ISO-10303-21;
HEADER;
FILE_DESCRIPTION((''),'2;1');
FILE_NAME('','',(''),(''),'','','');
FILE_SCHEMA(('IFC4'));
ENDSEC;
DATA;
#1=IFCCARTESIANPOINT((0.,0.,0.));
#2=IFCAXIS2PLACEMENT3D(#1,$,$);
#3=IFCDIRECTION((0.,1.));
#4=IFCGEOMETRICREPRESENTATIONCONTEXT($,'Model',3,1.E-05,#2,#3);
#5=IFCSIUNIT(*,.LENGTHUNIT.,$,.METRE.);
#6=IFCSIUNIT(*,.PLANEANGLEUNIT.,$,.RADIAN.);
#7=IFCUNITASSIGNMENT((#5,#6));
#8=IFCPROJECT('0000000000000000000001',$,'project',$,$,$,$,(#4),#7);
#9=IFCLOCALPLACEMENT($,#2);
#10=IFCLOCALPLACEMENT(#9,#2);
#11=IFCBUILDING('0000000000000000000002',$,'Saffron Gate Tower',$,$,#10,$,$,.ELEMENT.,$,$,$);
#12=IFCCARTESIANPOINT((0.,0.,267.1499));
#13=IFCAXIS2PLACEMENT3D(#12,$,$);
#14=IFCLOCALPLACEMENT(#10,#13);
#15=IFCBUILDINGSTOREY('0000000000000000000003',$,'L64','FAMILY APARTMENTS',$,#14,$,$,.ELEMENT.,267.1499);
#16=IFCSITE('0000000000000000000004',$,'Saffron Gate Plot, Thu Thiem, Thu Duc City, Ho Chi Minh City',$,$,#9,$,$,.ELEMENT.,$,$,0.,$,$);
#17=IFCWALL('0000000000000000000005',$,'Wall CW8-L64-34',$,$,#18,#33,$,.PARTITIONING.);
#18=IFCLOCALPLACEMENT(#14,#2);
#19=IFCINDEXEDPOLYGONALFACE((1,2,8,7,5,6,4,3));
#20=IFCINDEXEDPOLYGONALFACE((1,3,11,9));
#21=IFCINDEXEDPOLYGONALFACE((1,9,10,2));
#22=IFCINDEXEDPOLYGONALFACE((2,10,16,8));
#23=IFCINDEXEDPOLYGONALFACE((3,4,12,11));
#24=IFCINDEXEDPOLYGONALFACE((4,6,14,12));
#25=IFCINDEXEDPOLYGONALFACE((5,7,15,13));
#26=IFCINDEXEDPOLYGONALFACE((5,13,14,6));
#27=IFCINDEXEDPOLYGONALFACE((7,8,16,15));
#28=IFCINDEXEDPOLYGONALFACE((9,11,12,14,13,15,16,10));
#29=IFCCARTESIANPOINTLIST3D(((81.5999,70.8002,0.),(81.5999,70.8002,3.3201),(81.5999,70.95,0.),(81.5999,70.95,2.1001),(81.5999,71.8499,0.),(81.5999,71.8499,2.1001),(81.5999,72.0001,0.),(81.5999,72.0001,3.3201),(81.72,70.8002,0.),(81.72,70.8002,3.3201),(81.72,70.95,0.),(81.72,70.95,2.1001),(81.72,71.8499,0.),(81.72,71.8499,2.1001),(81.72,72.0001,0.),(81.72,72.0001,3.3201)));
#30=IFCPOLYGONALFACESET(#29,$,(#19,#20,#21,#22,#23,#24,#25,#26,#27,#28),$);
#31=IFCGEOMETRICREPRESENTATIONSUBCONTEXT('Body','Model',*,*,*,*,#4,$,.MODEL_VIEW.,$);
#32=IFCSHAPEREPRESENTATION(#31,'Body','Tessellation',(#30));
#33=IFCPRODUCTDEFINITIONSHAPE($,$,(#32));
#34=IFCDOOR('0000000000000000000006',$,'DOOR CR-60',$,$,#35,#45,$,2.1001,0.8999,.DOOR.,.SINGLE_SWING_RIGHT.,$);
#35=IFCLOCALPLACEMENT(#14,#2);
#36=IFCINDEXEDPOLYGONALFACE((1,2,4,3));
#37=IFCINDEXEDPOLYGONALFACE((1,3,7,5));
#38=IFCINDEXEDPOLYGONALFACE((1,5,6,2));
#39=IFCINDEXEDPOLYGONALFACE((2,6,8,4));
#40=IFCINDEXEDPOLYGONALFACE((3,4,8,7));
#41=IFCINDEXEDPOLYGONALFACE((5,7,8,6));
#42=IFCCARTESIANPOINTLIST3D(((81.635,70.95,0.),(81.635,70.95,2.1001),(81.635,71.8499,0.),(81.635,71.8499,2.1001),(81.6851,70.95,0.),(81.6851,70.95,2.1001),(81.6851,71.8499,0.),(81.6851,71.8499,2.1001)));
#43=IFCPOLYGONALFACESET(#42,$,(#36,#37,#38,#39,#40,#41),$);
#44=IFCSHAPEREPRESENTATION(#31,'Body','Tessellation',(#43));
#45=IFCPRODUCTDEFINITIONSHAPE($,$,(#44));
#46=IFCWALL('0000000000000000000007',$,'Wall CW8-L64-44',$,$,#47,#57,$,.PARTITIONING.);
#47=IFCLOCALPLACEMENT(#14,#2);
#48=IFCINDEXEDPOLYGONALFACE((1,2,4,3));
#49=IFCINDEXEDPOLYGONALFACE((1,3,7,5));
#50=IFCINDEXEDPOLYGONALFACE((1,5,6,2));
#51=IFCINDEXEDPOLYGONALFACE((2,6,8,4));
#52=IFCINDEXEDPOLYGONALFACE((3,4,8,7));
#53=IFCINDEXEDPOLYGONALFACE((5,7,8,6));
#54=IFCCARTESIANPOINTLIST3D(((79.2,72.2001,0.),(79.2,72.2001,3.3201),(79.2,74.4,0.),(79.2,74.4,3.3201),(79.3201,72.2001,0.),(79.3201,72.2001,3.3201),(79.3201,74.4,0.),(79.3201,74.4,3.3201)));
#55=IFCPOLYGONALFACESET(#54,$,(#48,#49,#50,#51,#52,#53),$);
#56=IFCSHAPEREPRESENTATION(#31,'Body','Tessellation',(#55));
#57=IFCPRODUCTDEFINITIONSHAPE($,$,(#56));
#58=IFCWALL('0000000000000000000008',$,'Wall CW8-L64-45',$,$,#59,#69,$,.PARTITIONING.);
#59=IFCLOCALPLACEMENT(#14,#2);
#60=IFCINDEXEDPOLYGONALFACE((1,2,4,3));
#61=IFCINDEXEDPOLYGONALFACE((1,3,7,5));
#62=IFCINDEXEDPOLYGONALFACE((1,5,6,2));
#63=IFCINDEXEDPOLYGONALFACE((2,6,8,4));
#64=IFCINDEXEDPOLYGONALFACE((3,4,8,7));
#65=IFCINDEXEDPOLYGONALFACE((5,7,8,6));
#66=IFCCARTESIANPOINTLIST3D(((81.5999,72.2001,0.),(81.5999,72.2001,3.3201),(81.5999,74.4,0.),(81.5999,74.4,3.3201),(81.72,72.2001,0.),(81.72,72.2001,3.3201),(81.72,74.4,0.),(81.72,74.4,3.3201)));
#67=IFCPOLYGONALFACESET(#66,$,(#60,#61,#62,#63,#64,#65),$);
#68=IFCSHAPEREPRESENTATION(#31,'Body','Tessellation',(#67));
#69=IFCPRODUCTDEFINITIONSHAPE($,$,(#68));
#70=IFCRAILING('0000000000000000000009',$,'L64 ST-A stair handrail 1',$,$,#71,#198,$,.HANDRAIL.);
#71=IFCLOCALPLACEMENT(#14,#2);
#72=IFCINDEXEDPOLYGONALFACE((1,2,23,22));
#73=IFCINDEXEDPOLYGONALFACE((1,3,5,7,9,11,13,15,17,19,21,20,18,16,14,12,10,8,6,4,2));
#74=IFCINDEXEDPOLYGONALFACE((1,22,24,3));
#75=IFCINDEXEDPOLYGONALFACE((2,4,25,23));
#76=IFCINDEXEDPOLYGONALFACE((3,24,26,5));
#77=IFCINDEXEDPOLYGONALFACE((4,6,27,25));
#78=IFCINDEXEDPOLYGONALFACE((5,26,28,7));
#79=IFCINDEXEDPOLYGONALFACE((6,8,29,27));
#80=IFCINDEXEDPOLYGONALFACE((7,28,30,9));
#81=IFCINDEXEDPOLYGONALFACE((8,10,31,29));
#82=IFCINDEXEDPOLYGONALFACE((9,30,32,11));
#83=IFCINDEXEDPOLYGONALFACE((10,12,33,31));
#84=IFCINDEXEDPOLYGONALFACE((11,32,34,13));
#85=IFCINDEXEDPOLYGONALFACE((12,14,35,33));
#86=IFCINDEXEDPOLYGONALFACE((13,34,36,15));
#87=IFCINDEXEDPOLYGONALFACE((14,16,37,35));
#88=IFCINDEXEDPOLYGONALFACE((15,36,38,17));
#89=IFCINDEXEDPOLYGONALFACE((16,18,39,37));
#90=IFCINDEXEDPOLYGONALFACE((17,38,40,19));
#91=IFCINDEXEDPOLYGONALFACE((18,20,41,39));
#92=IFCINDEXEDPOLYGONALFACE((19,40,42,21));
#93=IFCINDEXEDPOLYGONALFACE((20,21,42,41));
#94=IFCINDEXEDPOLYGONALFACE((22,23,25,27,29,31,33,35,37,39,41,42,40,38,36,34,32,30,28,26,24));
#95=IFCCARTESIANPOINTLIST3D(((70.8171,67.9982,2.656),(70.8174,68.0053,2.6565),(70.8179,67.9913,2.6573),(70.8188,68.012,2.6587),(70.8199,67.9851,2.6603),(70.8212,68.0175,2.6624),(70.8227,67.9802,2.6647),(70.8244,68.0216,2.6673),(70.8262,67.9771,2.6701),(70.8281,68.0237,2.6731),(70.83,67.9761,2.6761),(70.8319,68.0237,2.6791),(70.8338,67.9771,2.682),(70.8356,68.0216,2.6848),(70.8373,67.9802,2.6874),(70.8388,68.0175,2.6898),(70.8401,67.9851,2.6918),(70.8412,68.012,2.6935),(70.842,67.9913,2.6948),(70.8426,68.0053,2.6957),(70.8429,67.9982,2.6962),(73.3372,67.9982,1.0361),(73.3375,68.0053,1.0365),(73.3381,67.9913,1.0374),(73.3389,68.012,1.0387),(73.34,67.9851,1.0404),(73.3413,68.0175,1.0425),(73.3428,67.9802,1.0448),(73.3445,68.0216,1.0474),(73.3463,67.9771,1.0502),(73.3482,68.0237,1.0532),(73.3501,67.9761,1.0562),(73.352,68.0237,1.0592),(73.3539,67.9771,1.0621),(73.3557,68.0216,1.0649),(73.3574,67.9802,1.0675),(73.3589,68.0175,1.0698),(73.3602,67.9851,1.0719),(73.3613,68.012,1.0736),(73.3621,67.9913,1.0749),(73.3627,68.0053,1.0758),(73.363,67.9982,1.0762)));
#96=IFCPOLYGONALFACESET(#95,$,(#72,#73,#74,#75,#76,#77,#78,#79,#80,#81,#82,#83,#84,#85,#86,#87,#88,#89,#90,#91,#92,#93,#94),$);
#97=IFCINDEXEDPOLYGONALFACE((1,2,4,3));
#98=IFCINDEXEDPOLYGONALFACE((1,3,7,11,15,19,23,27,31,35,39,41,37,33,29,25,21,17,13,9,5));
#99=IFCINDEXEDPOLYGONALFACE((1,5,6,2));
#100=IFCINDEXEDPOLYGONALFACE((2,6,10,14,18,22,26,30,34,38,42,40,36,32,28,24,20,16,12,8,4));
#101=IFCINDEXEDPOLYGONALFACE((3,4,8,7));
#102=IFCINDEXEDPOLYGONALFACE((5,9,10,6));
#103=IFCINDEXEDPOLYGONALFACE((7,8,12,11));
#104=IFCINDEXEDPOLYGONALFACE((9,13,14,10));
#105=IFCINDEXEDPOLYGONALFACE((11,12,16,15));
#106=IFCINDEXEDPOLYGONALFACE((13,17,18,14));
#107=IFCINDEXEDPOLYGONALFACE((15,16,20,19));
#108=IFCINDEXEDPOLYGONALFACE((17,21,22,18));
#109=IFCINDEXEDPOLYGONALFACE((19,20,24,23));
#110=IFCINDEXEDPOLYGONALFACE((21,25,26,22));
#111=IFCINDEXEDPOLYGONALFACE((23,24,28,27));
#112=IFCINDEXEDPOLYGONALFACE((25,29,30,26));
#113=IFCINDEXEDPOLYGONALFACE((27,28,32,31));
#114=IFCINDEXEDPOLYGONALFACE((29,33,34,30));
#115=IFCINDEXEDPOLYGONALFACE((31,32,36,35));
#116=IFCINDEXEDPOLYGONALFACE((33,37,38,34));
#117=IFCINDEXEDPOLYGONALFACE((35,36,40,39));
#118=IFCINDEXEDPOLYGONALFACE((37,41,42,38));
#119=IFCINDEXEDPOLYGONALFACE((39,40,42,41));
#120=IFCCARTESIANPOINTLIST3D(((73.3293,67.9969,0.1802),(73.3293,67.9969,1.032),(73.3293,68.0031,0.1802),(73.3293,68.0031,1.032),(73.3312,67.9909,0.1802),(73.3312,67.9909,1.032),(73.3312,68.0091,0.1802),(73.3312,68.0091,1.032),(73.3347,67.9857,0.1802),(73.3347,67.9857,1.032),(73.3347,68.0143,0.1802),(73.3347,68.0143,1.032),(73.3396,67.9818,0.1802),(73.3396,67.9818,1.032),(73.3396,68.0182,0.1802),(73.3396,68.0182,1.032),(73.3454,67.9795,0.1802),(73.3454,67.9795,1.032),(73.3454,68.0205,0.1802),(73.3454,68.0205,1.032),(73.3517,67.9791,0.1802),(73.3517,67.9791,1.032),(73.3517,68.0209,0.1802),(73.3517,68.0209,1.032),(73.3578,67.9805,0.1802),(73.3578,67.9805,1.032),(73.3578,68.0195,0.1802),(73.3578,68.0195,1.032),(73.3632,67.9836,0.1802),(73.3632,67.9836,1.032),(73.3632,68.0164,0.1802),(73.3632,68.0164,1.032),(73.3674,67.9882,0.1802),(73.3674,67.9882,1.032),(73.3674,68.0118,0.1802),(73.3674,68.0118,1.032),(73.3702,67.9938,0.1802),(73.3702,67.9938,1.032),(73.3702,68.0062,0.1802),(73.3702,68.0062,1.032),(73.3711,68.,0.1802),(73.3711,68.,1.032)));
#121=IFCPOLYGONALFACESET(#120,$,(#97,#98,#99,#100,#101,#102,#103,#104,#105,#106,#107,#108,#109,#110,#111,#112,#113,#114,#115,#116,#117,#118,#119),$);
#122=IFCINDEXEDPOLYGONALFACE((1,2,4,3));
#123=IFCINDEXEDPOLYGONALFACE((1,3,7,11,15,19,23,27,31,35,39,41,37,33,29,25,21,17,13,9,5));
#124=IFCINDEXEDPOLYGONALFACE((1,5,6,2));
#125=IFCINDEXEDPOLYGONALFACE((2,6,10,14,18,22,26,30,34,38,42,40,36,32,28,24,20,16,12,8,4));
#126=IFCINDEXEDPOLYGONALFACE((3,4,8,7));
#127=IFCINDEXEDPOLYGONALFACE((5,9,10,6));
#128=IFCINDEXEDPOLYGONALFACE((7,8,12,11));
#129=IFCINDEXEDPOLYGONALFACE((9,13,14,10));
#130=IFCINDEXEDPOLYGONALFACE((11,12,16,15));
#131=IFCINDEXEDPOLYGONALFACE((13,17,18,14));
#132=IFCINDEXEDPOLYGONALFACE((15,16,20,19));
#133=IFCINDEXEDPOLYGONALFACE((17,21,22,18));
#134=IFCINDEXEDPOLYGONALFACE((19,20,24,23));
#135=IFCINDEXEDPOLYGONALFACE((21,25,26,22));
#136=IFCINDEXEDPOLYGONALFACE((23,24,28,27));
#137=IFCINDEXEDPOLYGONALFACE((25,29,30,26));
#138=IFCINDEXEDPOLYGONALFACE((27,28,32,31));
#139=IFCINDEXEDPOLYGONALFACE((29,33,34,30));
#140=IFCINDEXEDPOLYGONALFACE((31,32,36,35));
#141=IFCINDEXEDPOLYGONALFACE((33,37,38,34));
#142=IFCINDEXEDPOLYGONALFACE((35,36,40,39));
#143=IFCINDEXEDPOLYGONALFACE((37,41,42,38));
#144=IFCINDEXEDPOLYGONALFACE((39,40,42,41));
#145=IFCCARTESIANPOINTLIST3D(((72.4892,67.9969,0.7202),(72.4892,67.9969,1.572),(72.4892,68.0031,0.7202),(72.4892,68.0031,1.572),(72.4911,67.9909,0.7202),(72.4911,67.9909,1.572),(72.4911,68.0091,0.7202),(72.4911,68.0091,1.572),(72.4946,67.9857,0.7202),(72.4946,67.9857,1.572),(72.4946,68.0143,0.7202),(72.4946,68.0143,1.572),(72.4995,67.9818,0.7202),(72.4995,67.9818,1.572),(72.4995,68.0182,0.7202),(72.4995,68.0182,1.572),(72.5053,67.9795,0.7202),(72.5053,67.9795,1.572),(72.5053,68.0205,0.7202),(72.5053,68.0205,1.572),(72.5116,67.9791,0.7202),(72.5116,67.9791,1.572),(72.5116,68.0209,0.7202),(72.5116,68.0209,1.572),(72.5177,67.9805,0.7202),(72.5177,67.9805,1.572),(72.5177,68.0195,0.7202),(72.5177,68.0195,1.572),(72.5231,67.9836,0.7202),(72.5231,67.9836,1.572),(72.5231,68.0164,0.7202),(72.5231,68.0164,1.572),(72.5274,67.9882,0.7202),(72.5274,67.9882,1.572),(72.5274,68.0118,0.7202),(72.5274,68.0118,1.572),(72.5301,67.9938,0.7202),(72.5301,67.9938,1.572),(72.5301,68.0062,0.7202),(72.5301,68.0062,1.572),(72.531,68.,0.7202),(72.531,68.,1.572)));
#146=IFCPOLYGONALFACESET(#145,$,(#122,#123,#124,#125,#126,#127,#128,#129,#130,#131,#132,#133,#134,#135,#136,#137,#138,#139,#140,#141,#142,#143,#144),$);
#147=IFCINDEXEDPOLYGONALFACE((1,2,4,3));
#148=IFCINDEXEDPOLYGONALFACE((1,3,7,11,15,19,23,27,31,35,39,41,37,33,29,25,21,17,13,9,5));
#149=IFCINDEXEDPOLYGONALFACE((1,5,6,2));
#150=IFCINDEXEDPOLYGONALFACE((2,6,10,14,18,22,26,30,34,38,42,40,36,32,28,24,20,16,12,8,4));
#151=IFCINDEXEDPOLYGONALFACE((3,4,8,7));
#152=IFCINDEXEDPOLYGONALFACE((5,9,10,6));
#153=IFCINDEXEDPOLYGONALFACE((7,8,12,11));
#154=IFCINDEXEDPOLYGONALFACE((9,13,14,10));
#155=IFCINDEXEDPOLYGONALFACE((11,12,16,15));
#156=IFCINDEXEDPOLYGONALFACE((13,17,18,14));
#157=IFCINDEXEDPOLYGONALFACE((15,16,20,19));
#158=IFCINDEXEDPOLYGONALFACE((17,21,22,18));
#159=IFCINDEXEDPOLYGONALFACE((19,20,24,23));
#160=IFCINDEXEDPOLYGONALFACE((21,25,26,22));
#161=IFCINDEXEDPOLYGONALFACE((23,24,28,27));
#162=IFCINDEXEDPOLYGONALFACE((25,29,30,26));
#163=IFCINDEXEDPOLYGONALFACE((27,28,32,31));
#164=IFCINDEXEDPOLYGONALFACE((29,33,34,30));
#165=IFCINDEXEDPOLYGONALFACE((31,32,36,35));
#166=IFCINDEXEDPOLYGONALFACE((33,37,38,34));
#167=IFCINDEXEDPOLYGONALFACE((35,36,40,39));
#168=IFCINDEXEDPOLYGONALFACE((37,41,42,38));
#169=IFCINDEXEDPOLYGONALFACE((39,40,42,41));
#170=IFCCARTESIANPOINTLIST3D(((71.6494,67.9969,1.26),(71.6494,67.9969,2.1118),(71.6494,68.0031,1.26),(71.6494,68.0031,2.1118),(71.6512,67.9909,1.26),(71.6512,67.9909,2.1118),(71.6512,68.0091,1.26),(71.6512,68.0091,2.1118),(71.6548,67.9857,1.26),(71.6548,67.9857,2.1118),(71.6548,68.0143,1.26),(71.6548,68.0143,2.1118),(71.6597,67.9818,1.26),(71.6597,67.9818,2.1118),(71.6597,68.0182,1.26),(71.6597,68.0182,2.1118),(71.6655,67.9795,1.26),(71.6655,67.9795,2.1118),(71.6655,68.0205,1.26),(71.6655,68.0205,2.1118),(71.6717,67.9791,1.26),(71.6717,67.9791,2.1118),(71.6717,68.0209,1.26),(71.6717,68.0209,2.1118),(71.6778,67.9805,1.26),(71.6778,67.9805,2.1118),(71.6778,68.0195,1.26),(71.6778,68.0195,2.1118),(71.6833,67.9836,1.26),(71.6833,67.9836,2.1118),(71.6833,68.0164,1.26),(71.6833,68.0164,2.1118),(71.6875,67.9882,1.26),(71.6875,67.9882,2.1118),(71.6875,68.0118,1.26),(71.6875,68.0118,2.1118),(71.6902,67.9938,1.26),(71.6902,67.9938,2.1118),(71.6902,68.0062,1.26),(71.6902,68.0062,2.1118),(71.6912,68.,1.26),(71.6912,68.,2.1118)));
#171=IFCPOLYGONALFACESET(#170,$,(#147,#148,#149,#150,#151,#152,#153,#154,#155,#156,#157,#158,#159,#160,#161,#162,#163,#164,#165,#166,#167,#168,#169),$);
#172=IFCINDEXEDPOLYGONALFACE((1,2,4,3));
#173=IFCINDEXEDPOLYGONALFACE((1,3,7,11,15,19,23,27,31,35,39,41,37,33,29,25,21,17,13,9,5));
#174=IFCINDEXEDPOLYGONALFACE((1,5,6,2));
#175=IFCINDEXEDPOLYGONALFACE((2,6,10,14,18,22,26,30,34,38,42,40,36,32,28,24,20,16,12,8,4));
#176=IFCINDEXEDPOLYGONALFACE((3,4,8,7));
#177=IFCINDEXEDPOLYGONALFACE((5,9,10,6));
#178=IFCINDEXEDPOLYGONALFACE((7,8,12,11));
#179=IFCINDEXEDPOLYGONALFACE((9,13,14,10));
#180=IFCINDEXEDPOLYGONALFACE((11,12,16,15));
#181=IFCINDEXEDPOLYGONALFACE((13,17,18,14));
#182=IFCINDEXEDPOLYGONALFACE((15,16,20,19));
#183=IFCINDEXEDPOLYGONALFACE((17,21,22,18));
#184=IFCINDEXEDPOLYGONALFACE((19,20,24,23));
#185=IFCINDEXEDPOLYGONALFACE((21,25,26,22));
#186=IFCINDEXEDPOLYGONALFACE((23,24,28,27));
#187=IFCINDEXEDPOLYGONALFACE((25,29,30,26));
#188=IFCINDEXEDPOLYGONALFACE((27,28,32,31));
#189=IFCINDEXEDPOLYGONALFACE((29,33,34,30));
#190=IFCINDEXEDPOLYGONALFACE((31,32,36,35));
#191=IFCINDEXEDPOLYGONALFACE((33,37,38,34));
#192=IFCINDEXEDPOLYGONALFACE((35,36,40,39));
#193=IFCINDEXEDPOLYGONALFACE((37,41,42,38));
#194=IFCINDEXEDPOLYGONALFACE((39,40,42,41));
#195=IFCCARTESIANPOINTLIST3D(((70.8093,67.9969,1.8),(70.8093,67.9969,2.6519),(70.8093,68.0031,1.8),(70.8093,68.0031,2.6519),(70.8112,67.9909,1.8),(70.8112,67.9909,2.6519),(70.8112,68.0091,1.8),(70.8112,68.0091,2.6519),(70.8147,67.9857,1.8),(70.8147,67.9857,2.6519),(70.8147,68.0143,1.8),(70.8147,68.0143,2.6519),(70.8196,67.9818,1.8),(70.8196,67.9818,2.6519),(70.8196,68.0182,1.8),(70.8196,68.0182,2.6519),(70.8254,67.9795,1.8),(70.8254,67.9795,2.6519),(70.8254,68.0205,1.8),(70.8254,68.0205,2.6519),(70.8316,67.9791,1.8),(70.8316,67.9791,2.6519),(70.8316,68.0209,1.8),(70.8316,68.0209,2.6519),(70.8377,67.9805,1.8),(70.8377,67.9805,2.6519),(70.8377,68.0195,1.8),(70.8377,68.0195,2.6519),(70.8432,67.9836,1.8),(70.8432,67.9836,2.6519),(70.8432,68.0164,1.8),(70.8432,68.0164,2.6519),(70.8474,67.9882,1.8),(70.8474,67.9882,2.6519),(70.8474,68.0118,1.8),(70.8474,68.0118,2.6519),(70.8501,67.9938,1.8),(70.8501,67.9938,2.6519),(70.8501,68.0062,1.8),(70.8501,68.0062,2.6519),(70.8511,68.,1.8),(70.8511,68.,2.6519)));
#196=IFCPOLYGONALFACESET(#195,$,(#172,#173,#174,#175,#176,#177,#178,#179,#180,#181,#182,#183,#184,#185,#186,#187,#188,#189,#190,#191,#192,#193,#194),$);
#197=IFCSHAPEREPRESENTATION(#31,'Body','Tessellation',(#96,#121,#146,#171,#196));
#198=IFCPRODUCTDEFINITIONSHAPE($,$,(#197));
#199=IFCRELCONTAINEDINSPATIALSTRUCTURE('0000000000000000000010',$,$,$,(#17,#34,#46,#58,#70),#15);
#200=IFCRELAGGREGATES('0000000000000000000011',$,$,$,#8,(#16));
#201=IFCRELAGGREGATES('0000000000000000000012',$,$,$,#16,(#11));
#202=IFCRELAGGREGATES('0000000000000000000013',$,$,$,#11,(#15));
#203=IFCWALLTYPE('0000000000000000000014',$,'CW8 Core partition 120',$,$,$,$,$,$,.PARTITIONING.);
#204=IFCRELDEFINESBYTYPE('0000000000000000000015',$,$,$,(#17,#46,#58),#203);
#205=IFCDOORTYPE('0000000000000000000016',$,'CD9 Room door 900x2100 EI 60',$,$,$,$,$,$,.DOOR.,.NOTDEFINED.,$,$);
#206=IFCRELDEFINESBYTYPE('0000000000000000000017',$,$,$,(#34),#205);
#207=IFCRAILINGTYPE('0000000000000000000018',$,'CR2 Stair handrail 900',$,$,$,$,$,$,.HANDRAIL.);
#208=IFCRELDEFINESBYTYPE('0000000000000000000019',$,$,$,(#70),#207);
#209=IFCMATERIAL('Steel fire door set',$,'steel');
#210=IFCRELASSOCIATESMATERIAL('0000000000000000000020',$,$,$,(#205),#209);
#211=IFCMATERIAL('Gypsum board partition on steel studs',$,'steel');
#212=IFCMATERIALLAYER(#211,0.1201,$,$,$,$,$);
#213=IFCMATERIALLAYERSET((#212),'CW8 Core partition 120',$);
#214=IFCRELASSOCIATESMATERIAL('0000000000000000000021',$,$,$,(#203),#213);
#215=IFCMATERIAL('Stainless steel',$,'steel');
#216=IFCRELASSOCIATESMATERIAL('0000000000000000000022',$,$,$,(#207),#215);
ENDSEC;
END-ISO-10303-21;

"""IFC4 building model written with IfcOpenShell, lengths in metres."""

from ifc_helpers import new_model, si_unit, direction, frame, frame_2d, origin, origin_2d, place, context, subcontext, project, spatial, rectangle, circle, extrude, material, layer, layer_set, type_object, element, fill, save


model = new_model("IFC4")

# Units and contexts
model_context = context("Model", 3, precision=1e-05, world=origin(), true_north=direction((0.0, 1.0)))
body_context = subcontext(model_context, "Body", "Model", "MODEL_VIEW")
ifc_project = project(units=[si_unit("LENGTHUNIT", "METRE"), si_unit("PLANEANGLEUNIT", "RADIAN")], contexts=[model_context])

# Site, building, storey
site_placement = place(None, origin())
site = spatial("IfcSite", under=ifc_project, at=site_placement, Name="Saffron Gate Plot, Thu Thiem, Thu Duc City, Ho Chi Minh City", CompositionType="ELEMENT", RefElevation=0.0)
building_placement = place(site_placement, origin())
building = spatial("IfcBuilding", under=site, at=building_placement, Name="Saffron Gate Tower", CompositionType="ELEMENT")
storey_placement = place(building_placement, frame((0.0, 0.0, 267.1499)))
storey = spatial("IfcBuildingStorey", under=building, at=storey_placement, Name="L64", Description="FAMILY APARTMENTS", CompositionType="ELEMENT", Elevation=267.1499)

# Shared definitions
ifc_material_1 = material(Name="Steel fire door set", Category="steel")
door_type_1 = type_object("IfcDoorType", Name="CD9 Room door 900x2100 EI 60", OperationType="NOTDEFINED", PredefinedType="DOOR", material=ifc_material_1)

# Shared definitions
ifc_material_2 = material(Name="Gypsum board partition on steel studs", Category="steel")
ifc_layer_1 = layer(ifc_material_2, 0.1201)
ifc_layer_set_1 = layer_set([ifc_layer_1], Name="CW8 Core partition 120")
wall_type_1 = type_object("IfcWallType", Name="CW8 Core partition 120", PredefinedType="PARTITIONING", material=ifc_layer_set_1)

# Wall, opening, door
wall_1_placement = place(storey_placement, frame((81.6599, 70.8, 0.0), z_axis=(0.0, 0.0, 1.0), x_axis=(0.0, 1.0, 0.0)))
wall_1 = element("IfcWall", 1, at=wall_1_placement, inside=storey, type_object=wall_type_1, Name="Wall CW8-L64-34", PredefinedType="PARTITIONING", context=body_context, shape_type="SweptSolid", body=[
    extrude(rectangle(XDim=1.2, YDim=0.1201, at=frame_2d((0.6001, 0.0))), origin(), (0.0, 0.0, 1.0), 3.3201),
])
opening_1_placement = place(wall_1_placement, frame((0.1499, 0.0, 0.0)))
opening_1 = element("IfcOpeningElement", 2, at=opening_1_placement, cuts=wall_1, PredefinedType="OPENING", context=body_context, shape_type="SweptSolid", body=[
    extrude(rectangle(XDim=0.8999, YDim=2.1001, at=frame_2d((0.45, 1.05))), frame((0.0, 0.0701, 0.0), z_axis=(0.0, -1.0, 0.0), x_axis=(1.0, 0.0, 0.0)), (0.0, 0.0, 1.0), 0.1401),
])
door_1_placement = place(opening_1_placement, origin())
door_1 = element("IfcDoor", 3, at=door_1_placement, inside=storey, type_object=door_type_1, Name="DOOR CR-60", OperationType="SINGLE_SWING_RIGHT", OverallHeight=2.1001, OverallWidth=0.8999, PredefinedType="DOOR", context=body_context, shape_type="SweptSolid", body=[
    extrude(rectangle(XDim=0.8999, YDim=2.1001, at=frame_2d((0.45, 1.05))), frame((0.0, 0.0249, 0.0), z_axis=(0.0, -1.0, 0.0), x_axis=(1.0, 0.0, 0.0)), (0.0, 0.0, 1.0), 0.05),
])
fill(opening_1, door_1)

# Walls
for number, where, z_axis, x_axis, name in (
    (4, (79.26, 72.2, 0.0), (0.0, 0.0, 1.0), (0.0, 1.0, 0.0), "Wall CW8-L64-44"),
    (5, (81.6599, 72.2, 0.0), (0.0, 0.0, 1.0), (0.0, 1.0, 0.0), "Wall CW8-L64-45"),
):
    element("IfcWall", number, at=place(storey_placement, frame(where, z_axis=z_axis, x_axis=x_axis)), inside=storey, type_object=wall_type_1, Name=name, PredefinedType="PARTITIONING", context=body_context, shape_type="SweptSolid", body=[
        extrude(rectangle(XDim=2.2, YDim=0.1201, at=frame_2d((1.1001, 0.0))), origin(), (0.0, 0.0, 1.0), 3.3201),
    ])

# Railing
ifc_material_3 = material(Name="Stainless steel", Category="steel")
railing_type = type_object("IfcRailingType", Name="CR2 Stair handrail 900", PredefinedType="HANDRAIL", material=ifc_material_3)
railing_placement = place(storey_placement, frame((73.3501, 68.0, 0.1802)))
element("IfcRailing", 6, at=railing_placement, inside=storey, type_object=railing_type, Name="L64 ST-A stair handrail 1", PredefinedType="HANDRAIL", context=body_context, shape_type="SweptSolid", body=[
    extrude(circle(Radius=0.0239, at=origin_2d()), frame((0.0, 0.0, 0.876), z_axis=(-0.8412, 0.0, 0.540725), x_axis=(0.0, -1.0, 0.0)), (0.0, 0.0, 1.0), 2.9958),
    extrude(circle(Radius=0.021, at=origin_2d()), origin(), (0.0, 0.0, 1.0), 0.8518),
    extrude(circle(Radius=0.021, at=origin_2d()), frame((-0.8401, 0.0, 0.54)), (0.0, 0.0, 1.0), 0.8518),
    extrude(circle(Radius=0.021, at=origin_2d()), frame((-1.6799, 0.0, 1.0798)), (0.0, 0.0, 1.0), 0.8518),
    extrude(circle(Radius=0.021, at=origin_2d()), frame((-2.52, 0.0, 1.6199)), (0.0, 0.0, 1.0), 0.8518),
])

save(model, "model.ifc")
